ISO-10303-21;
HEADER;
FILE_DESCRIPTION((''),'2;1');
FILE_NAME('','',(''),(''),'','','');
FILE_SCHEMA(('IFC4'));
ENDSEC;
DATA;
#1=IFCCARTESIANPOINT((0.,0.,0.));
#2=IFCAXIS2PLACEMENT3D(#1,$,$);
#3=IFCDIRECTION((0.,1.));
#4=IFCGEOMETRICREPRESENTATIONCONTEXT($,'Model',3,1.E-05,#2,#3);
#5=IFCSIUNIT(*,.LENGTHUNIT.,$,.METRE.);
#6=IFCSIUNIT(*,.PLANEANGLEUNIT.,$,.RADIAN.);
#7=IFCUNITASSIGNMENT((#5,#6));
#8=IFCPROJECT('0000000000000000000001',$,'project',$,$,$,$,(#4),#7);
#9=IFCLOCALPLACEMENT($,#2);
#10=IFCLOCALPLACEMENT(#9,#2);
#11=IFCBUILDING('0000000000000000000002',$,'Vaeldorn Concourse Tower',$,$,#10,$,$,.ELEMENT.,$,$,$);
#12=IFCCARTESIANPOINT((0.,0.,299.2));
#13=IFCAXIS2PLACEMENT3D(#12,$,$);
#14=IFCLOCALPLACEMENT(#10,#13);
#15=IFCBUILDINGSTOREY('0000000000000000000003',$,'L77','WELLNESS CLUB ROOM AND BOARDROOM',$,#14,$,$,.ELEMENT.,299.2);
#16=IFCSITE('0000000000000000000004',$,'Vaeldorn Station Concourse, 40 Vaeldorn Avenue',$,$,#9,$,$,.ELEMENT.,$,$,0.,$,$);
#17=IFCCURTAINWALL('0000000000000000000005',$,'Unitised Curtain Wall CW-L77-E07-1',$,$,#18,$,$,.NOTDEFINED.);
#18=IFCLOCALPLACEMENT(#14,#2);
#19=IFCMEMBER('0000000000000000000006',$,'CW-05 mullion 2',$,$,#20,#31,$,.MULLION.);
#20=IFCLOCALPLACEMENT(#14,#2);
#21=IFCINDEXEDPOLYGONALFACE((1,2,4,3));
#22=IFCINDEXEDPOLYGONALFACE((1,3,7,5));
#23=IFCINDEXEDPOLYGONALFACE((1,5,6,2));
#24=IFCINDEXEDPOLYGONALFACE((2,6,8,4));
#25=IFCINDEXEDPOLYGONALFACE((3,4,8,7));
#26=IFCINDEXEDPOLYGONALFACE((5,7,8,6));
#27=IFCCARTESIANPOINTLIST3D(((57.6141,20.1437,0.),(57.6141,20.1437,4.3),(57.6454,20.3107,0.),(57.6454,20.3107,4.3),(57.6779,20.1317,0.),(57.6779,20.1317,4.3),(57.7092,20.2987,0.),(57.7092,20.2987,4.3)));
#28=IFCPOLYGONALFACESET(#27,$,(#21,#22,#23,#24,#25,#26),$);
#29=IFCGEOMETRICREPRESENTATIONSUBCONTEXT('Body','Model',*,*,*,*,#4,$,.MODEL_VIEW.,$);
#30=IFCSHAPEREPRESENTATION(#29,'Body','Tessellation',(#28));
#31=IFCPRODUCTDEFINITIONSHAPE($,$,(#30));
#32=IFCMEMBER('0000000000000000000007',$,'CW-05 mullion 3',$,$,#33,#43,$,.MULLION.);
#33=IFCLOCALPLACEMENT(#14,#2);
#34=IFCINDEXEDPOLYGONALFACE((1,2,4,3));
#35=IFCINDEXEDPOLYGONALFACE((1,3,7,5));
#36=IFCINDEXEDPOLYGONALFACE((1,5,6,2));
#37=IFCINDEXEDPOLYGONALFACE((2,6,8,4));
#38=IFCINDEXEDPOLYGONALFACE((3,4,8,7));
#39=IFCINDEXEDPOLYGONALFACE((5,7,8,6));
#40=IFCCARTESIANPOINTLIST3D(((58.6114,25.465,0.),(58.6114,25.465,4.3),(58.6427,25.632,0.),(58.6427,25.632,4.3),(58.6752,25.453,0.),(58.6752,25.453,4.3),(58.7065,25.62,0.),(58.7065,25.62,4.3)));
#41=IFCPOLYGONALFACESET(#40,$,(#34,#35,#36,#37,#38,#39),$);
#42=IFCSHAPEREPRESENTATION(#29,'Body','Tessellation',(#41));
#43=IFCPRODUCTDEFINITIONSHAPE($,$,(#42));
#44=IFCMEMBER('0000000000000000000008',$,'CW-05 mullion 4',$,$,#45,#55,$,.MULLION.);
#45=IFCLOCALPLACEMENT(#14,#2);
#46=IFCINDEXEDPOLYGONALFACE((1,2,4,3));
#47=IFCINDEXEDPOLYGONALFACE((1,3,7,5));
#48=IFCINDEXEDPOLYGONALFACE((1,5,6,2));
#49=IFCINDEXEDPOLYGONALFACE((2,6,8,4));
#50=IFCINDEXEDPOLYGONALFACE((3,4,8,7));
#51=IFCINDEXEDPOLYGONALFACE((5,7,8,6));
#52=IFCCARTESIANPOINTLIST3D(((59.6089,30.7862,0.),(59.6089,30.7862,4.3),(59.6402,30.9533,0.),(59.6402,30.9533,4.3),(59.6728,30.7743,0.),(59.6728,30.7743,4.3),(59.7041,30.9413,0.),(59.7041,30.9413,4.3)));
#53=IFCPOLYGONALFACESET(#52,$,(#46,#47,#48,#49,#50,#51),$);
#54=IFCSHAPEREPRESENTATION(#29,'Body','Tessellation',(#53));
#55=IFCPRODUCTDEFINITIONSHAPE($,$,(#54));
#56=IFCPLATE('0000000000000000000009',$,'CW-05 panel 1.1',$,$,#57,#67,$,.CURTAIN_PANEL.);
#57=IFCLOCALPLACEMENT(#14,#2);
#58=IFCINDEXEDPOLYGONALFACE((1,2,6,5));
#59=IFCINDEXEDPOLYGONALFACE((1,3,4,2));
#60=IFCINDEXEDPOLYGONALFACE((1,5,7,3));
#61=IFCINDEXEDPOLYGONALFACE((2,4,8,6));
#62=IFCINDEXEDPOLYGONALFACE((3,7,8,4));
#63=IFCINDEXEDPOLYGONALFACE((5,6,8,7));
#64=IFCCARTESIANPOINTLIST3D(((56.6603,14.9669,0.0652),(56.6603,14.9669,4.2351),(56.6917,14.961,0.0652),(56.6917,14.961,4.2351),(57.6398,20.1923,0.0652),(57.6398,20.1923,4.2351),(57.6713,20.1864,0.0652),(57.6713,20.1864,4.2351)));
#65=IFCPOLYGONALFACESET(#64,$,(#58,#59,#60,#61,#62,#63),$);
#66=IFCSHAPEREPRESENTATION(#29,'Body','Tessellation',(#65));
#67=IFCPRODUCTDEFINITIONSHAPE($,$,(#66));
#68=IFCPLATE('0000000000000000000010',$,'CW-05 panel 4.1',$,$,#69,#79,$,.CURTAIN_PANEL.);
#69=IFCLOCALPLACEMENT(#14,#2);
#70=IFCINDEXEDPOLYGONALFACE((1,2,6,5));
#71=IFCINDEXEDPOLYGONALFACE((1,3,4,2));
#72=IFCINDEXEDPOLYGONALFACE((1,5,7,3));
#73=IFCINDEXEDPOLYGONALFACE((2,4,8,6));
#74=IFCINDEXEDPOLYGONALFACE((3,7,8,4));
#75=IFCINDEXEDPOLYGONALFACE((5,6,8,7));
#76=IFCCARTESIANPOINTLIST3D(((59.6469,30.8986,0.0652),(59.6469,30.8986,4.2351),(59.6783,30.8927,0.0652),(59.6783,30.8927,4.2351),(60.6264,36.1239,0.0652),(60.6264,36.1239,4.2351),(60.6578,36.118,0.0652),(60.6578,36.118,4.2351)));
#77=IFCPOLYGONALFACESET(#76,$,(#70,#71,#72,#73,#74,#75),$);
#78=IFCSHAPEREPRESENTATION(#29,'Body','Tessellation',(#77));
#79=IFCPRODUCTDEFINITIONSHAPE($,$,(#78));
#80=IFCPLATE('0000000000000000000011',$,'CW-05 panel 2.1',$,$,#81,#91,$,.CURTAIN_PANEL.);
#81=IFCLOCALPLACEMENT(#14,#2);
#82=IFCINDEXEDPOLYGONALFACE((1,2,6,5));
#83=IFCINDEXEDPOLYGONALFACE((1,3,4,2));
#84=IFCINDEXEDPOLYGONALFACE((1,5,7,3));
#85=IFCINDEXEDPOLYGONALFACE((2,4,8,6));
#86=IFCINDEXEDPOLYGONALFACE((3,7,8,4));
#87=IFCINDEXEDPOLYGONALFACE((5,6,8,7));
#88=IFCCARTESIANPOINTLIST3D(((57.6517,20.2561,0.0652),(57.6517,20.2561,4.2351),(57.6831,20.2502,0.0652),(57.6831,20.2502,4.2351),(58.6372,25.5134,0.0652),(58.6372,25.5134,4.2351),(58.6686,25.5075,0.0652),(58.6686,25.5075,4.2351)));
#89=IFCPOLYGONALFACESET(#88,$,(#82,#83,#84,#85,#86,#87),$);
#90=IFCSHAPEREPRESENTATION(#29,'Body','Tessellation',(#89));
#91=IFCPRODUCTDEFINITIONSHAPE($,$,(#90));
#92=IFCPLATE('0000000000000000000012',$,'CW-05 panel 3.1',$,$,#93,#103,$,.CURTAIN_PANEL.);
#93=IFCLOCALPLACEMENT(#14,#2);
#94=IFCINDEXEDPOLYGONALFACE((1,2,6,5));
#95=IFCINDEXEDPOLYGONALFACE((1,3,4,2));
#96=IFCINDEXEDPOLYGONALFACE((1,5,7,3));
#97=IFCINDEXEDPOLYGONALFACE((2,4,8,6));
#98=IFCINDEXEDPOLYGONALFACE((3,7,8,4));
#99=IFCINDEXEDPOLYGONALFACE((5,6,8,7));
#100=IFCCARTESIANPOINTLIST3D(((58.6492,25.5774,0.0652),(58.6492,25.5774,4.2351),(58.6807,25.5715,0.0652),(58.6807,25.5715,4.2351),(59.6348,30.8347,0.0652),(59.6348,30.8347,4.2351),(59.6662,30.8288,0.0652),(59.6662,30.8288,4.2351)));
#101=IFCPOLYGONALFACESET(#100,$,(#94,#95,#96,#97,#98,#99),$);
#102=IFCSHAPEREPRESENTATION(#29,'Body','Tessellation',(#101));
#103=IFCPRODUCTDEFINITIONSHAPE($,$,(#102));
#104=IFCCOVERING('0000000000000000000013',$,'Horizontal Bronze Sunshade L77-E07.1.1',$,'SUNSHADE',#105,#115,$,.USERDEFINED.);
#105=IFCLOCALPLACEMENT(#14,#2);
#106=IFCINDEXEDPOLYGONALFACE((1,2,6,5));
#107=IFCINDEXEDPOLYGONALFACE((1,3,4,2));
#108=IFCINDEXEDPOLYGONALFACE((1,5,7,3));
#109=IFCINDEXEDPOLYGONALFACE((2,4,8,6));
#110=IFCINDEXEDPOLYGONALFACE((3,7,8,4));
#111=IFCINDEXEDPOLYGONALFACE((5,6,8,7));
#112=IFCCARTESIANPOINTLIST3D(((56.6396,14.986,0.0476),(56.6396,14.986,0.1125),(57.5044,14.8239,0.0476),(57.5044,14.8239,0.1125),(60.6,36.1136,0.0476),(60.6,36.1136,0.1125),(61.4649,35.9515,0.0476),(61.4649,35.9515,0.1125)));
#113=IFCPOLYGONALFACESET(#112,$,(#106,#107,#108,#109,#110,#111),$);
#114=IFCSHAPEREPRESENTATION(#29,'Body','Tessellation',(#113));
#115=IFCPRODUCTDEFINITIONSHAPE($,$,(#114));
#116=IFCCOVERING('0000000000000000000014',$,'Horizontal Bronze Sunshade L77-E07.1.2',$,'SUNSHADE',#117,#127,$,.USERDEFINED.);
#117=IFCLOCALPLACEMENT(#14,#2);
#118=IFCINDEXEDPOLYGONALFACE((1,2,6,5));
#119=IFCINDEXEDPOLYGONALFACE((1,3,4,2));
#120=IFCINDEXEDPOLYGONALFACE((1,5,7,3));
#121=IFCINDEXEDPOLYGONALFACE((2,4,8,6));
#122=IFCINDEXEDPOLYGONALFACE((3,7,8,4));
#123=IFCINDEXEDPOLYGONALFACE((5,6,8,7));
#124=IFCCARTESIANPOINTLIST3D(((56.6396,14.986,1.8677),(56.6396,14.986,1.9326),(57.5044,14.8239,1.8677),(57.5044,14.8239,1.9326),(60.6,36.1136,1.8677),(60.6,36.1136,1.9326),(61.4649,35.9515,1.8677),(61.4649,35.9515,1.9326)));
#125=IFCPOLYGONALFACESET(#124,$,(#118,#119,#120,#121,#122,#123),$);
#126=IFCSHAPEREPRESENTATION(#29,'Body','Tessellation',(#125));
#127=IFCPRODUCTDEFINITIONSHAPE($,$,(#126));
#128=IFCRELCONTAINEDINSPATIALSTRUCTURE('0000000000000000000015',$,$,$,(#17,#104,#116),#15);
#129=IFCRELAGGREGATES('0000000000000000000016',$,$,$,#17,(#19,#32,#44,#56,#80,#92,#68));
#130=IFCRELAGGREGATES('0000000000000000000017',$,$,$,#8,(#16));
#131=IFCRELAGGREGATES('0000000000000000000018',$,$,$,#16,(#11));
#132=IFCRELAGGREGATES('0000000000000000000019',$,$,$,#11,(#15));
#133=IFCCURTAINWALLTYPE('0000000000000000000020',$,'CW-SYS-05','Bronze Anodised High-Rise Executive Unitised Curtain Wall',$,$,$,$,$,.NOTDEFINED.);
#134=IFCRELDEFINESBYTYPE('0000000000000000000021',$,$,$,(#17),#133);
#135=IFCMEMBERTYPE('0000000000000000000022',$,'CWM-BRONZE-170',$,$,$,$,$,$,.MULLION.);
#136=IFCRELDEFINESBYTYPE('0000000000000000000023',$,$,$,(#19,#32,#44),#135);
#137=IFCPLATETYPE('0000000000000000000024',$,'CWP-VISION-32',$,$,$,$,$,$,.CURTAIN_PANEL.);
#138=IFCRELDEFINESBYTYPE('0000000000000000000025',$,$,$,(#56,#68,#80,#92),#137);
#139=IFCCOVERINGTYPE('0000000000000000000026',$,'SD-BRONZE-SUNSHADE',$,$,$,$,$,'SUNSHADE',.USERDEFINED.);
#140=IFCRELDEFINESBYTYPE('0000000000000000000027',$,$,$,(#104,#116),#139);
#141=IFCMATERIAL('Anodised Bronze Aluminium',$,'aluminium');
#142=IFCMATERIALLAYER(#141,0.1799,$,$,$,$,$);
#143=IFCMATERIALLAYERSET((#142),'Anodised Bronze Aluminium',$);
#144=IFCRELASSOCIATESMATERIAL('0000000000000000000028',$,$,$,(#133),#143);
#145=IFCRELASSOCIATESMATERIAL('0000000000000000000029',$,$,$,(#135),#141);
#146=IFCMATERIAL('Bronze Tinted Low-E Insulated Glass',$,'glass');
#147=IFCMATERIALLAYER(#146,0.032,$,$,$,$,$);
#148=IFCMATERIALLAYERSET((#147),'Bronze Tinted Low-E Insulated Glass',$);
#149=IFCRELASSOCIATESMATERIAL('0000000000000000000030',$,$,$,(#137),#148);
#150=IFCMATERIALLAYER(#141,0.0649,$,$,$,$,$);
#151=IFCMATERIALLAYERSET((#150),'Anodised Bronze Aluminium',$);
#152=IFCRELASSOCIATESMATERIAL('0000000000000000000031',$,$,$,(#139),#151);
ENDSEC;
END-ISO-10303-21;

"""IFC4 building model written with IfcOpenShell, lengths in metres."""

from ifc_helpers import new_model, si_unit, direction, frame, origin, origin_2d, place, context, subcontext, project, spatial, rectangle, extrude, source, transform, mapped, material, layer, layer_set, material_profile, profile_set, type_object, element, aggregate, save


model = new_model("IFC4")

# Units and contexts
model_context = context("Model", 3, precision=1e-05, world=origin(), true_north=direction((0.0, 1.0)))
body_context = subcontext(model_context, "Body", "Model", "MODEL_VIEW")
ifc_project = project(units=[si_unit("LENGTHUNIT", "METRE"), si_unit("PLANEANGLEUNIT", "RADIAN")], contexts=[model_context])

# Site, building, storey
site_placement = place(None, origin())
site = spatial("IfcSite", under=ifc_project, at=site_placement, Name="Vaeldorn Station Concourse, 40 Vaeldorn Avenue", CompositionType="ELEMENT", RefElevation=0.0)
building_placement = place(site_placement, origin())
building = spatial("IfcBuilding", under=site, at=building_placement, Name="Vaeldorn Concourse Tower", CompositionType="ELEMENT")
storey_placement = place(building_placement, frame((0.0, 0.0, 299.2)))
storey = spatial("IfcBuildingStorey", under=building, at=storey_placement, Name="L77", Description="WELLNESS CLUB ROOM AND BOARDROOM", CompositionType="ELEMENT", Elevation=299.2)

# Curtain wall, members, plates
ifc_material_1 = material(Name="Anodised Bronze Aluminium", Category="aluminium")
ifc_layer_1 = layer(ifc_material_1, 0.1799)
ifc_layer_set_1 = layer_set([ifc_layer_1], Name="Anodised Bronze Aluminium")
curtain_wall_type = type_object("IfcCurtainWallType", Name="CW-SYS-05", Description="Bronze Anodised High-Rise Executive Unitised Curtain Wall", PredefinedType="NOTDEFINED", material=ifc_layer_set_1)
curtain_wall_placement = place(storey_placement, origin())
curtain_wall = element("IfcCurtainWall", 1, at=curtain_wall_placement, inside=storey, type_object=curtain_wall_type, Name="Unitised Curtain Wall CW-L77-E07-1", PredefinedType="NOTDEFINED")
ifc_material_profile_1 = material_profile(ifc_material_1, rectangle(XDim=0.0649, YDim=0.1699, at=origin_2d()), Name="CWM 65x170")
ifc_profile_set_1 = profile_set([ifc_material_profile_1], Name="Anodised Bronze Aluminium")
member_type_1 = type_object("IfcMemberType", Name="CWM-BRONZE-170", PredefinedType="MULLION", material=ifc_profile_set_1)
shared_shape_1 = source(origin(), body_context, "Body", "SweptSolid", [
    extrude(rectangle(XDim=0.0649, YDim=0.1699, at=origin_2d()), origin(), (0.0, 0.0, 1.0), 4.3),
])
member_1_placement = place(storey_placement, frame((57.6616, 20.2212, 0.0), z_axis=(0.0, 0.0, 1.0), x_axis=(-0.98288, 0.184247, 0.0)))
member_1 = element("IfcMember", 2, at=member_1_placement, type_object=member_type_1, Name="CW-05 mullion 2", PredefinedType="MULLION", context=body_context, shape_type="MappedRepresentation", body=[
    mapped(shared_shape_1, transform((0.0, 0.0, 0.0), scale=1.0)),
])
member_2_placement = place(storey_placement, frame((58.6589, 25.5425, 0.0), z_axis=(0.0, 0.0, 1.0), x_axis=(-0.98288, 0.184247, 0.0)))
member_2 = element("IfcMember", 3, at=member_2_placement, type_object=member_type_1, Name="CW-05 mullion 3", PredefinedType="MULLION", context=body_context, shape_type="MappedRepresentation", body=[
    mapped(shared_shape_1, transform((0.0, 0.0, 0.0), scale=1.0)),
])
member_3_placement = place(storey_placement, frame((59.6565, 30.8638, 0.0), z_axis=(0.0, 0.0, 1.0), x_axis=(-0.98288, 0.184247, 0.0)))
member_3 = element("IfcMember", 4, at=member_3_placement, type_object=member_type_1, Name="CW-05 mullion 4", PredefinedType="MULLION", context=body_context, shape_type="MappedRepresentation", body=[
    mapped(shared_shape_1, transform((0.0, 0.0, 0.0), scale=1.0)),
])
ifc_material_2 = material(Name="Bronze Tinted Low-E Insulated Glass", Category="glass")
ifc_layer_2 = layer(ifc_material_2, 0.032)
ifc_layer_set_2 = layer_set([ifc_layer_2], Name="Bronze Tinted Low-E Insulated Glass")
plate_type = type_object("IfcPlateType", Name="CWP-VISION-32", PredefinedType="CURTAIN_PANEL", material=ifc_layer_set_2)
shared_shape_2 = source(origin(), body_context, "Body", "SweptSolid", [
    extrude(rectangle(XDim=5.3164, YDim=0.032, at=origin_2d()), origin(), (0.0, 0.0, 1.0), 4.1699),
])
plate_1_placement = place(storey_placement, frame((57.1658, 17.5767, 0.0652), z_axis=(0.0, 0.0, 1.0), x_axis=(0.184247, 0.98288, 0.0)))
plate_1 = element("IfcPlate", 5, at=plate_1_placement, type_object=plate_type, Name="CW-05 panel 1.1", PredefinedType="CURTAIN_PANEL", context=body_context, shape_type="MappedRepresentation", body=[
    mapped(shared_shape_2, transform((0.0, 0.0, 0.0), scale=1.0)),
])
plate_2_placement = place(storey_placement, frame((60.1523, 33.5083, 0.0652), z_axis=(0.0, 0.0, 1.0), x_axis=(0.184247, 0.98288, 0.0)))
plate_2 = element("IfcPlate", 6, at=plate_2_placement, type_object=plate_type, Name="CW-05 panel 4.1", PredefinedType="CURTAIN_PANEL", context=body_context, shape_type="MappedRepresentation", body=[
    mapped(shared_shape_2, transform((0.0, 0.0, 0.0), scale=1.0)),
])
shared_shape_3 = source(origin(), body_context, "Body", "SweptSolid", [
    extrude(rectangle(XDim=5.3489, YDim=0.032, at=origin_2d()), origin(), (0.0, 0.0, 1.0), 4.1699),
])
plate_3_placement = place(storey_placement, frame((58.1602, 22.8818, 0.0652), z_axis=(0.0, 0.0, 1.0), x_axis=(0.184247, 0.98288, 0.0)))
plate_3 = element("IfcPlate", 7, at=plate_3_placement, type_object=plate_type, Name="CW-05 panel 2.1", PredefinedType="CURTAIN_PANEL", context=body_context, shape_type="MappedRepresentation", body=[
    mapped(shared_shape_3, transform((0.0, 0.0, 0.0), scale=1.0)),
])
plate_4_placement = place(storey_placement, frame((59.1577, 28.2031, 0.0652), z_axis=(0.0, 0.0, 1.0), x_axis=(0.184247, 0.98288, 0.0)))
plate_4 = element("IfcPlate", 8, at=plate_4_placement, type_object=plate_type, Name="CW-05 panel 3.1", PredefinedType="CURTAIN_PANEL", context=body_context, shape_type="MappedRepresentation", body=[
    mapped(shared_shape_3, transform((0.0, 0.0, 0.0), scale=1.0)),
])
aggregate(curtain_wall, [member_1, member_2, member_3, plate_1, plate_3, plate_4, plate_2])

# Coverings
ifc_layer_3 = layer(ifc_material_1, 0.0649)
ifc_layer_set_3 = layer_set([ifc_layer_3], Name="Anodised Bronze Aluminium")
covering_type = type_object("IfcCoveringType", Name="SD-BRONZE-SUNSHADE", ElementType="SUNSHADE", PredefinedType="USERDEFINED", material=ifc_layer_set_3)
shared_shape_4 = source(origin(), body_context, "Body", "SweptSolid", [
    extrude(rectangle(XDim=21.4956, YDim=0.8799, at=origin_2d()), origin(), (0.0, 0.0, 1.0), 0.0649),
])
for number, where, z_axis, x_axis, name in (
    (9, (59.0522, 25.4688, 0.0476), (0.0, 0.0, 1.0), (0.184243, 0.982881, 0.0), "Horizontal Bronze Sunshade L77-E07.1.1"),
    (10, (59.0522, 25.4688, 1.8677), (0.0, 0.0, 1.0), (0.184243, 0.982881, 0.0), "Horizontal Bronze Sunshade L77-E07.1.2"),
):
    element("IfcCovering", number, at=place(storey_placement, frame(where, z_axis=z_axis, x_axis=x_axis)), inside=storey, type_object=covering_type, Name=name, ObjectType="SUNSHADE", PredefinedType="USERDEFINED", context=body_context, shape_type="MappedRepresentation", body=[
        mapped(shared_shape_4, transform((0.0, 0.0, 0.0), scale=1.0)),
    ])

save(model, "model.ifc")
